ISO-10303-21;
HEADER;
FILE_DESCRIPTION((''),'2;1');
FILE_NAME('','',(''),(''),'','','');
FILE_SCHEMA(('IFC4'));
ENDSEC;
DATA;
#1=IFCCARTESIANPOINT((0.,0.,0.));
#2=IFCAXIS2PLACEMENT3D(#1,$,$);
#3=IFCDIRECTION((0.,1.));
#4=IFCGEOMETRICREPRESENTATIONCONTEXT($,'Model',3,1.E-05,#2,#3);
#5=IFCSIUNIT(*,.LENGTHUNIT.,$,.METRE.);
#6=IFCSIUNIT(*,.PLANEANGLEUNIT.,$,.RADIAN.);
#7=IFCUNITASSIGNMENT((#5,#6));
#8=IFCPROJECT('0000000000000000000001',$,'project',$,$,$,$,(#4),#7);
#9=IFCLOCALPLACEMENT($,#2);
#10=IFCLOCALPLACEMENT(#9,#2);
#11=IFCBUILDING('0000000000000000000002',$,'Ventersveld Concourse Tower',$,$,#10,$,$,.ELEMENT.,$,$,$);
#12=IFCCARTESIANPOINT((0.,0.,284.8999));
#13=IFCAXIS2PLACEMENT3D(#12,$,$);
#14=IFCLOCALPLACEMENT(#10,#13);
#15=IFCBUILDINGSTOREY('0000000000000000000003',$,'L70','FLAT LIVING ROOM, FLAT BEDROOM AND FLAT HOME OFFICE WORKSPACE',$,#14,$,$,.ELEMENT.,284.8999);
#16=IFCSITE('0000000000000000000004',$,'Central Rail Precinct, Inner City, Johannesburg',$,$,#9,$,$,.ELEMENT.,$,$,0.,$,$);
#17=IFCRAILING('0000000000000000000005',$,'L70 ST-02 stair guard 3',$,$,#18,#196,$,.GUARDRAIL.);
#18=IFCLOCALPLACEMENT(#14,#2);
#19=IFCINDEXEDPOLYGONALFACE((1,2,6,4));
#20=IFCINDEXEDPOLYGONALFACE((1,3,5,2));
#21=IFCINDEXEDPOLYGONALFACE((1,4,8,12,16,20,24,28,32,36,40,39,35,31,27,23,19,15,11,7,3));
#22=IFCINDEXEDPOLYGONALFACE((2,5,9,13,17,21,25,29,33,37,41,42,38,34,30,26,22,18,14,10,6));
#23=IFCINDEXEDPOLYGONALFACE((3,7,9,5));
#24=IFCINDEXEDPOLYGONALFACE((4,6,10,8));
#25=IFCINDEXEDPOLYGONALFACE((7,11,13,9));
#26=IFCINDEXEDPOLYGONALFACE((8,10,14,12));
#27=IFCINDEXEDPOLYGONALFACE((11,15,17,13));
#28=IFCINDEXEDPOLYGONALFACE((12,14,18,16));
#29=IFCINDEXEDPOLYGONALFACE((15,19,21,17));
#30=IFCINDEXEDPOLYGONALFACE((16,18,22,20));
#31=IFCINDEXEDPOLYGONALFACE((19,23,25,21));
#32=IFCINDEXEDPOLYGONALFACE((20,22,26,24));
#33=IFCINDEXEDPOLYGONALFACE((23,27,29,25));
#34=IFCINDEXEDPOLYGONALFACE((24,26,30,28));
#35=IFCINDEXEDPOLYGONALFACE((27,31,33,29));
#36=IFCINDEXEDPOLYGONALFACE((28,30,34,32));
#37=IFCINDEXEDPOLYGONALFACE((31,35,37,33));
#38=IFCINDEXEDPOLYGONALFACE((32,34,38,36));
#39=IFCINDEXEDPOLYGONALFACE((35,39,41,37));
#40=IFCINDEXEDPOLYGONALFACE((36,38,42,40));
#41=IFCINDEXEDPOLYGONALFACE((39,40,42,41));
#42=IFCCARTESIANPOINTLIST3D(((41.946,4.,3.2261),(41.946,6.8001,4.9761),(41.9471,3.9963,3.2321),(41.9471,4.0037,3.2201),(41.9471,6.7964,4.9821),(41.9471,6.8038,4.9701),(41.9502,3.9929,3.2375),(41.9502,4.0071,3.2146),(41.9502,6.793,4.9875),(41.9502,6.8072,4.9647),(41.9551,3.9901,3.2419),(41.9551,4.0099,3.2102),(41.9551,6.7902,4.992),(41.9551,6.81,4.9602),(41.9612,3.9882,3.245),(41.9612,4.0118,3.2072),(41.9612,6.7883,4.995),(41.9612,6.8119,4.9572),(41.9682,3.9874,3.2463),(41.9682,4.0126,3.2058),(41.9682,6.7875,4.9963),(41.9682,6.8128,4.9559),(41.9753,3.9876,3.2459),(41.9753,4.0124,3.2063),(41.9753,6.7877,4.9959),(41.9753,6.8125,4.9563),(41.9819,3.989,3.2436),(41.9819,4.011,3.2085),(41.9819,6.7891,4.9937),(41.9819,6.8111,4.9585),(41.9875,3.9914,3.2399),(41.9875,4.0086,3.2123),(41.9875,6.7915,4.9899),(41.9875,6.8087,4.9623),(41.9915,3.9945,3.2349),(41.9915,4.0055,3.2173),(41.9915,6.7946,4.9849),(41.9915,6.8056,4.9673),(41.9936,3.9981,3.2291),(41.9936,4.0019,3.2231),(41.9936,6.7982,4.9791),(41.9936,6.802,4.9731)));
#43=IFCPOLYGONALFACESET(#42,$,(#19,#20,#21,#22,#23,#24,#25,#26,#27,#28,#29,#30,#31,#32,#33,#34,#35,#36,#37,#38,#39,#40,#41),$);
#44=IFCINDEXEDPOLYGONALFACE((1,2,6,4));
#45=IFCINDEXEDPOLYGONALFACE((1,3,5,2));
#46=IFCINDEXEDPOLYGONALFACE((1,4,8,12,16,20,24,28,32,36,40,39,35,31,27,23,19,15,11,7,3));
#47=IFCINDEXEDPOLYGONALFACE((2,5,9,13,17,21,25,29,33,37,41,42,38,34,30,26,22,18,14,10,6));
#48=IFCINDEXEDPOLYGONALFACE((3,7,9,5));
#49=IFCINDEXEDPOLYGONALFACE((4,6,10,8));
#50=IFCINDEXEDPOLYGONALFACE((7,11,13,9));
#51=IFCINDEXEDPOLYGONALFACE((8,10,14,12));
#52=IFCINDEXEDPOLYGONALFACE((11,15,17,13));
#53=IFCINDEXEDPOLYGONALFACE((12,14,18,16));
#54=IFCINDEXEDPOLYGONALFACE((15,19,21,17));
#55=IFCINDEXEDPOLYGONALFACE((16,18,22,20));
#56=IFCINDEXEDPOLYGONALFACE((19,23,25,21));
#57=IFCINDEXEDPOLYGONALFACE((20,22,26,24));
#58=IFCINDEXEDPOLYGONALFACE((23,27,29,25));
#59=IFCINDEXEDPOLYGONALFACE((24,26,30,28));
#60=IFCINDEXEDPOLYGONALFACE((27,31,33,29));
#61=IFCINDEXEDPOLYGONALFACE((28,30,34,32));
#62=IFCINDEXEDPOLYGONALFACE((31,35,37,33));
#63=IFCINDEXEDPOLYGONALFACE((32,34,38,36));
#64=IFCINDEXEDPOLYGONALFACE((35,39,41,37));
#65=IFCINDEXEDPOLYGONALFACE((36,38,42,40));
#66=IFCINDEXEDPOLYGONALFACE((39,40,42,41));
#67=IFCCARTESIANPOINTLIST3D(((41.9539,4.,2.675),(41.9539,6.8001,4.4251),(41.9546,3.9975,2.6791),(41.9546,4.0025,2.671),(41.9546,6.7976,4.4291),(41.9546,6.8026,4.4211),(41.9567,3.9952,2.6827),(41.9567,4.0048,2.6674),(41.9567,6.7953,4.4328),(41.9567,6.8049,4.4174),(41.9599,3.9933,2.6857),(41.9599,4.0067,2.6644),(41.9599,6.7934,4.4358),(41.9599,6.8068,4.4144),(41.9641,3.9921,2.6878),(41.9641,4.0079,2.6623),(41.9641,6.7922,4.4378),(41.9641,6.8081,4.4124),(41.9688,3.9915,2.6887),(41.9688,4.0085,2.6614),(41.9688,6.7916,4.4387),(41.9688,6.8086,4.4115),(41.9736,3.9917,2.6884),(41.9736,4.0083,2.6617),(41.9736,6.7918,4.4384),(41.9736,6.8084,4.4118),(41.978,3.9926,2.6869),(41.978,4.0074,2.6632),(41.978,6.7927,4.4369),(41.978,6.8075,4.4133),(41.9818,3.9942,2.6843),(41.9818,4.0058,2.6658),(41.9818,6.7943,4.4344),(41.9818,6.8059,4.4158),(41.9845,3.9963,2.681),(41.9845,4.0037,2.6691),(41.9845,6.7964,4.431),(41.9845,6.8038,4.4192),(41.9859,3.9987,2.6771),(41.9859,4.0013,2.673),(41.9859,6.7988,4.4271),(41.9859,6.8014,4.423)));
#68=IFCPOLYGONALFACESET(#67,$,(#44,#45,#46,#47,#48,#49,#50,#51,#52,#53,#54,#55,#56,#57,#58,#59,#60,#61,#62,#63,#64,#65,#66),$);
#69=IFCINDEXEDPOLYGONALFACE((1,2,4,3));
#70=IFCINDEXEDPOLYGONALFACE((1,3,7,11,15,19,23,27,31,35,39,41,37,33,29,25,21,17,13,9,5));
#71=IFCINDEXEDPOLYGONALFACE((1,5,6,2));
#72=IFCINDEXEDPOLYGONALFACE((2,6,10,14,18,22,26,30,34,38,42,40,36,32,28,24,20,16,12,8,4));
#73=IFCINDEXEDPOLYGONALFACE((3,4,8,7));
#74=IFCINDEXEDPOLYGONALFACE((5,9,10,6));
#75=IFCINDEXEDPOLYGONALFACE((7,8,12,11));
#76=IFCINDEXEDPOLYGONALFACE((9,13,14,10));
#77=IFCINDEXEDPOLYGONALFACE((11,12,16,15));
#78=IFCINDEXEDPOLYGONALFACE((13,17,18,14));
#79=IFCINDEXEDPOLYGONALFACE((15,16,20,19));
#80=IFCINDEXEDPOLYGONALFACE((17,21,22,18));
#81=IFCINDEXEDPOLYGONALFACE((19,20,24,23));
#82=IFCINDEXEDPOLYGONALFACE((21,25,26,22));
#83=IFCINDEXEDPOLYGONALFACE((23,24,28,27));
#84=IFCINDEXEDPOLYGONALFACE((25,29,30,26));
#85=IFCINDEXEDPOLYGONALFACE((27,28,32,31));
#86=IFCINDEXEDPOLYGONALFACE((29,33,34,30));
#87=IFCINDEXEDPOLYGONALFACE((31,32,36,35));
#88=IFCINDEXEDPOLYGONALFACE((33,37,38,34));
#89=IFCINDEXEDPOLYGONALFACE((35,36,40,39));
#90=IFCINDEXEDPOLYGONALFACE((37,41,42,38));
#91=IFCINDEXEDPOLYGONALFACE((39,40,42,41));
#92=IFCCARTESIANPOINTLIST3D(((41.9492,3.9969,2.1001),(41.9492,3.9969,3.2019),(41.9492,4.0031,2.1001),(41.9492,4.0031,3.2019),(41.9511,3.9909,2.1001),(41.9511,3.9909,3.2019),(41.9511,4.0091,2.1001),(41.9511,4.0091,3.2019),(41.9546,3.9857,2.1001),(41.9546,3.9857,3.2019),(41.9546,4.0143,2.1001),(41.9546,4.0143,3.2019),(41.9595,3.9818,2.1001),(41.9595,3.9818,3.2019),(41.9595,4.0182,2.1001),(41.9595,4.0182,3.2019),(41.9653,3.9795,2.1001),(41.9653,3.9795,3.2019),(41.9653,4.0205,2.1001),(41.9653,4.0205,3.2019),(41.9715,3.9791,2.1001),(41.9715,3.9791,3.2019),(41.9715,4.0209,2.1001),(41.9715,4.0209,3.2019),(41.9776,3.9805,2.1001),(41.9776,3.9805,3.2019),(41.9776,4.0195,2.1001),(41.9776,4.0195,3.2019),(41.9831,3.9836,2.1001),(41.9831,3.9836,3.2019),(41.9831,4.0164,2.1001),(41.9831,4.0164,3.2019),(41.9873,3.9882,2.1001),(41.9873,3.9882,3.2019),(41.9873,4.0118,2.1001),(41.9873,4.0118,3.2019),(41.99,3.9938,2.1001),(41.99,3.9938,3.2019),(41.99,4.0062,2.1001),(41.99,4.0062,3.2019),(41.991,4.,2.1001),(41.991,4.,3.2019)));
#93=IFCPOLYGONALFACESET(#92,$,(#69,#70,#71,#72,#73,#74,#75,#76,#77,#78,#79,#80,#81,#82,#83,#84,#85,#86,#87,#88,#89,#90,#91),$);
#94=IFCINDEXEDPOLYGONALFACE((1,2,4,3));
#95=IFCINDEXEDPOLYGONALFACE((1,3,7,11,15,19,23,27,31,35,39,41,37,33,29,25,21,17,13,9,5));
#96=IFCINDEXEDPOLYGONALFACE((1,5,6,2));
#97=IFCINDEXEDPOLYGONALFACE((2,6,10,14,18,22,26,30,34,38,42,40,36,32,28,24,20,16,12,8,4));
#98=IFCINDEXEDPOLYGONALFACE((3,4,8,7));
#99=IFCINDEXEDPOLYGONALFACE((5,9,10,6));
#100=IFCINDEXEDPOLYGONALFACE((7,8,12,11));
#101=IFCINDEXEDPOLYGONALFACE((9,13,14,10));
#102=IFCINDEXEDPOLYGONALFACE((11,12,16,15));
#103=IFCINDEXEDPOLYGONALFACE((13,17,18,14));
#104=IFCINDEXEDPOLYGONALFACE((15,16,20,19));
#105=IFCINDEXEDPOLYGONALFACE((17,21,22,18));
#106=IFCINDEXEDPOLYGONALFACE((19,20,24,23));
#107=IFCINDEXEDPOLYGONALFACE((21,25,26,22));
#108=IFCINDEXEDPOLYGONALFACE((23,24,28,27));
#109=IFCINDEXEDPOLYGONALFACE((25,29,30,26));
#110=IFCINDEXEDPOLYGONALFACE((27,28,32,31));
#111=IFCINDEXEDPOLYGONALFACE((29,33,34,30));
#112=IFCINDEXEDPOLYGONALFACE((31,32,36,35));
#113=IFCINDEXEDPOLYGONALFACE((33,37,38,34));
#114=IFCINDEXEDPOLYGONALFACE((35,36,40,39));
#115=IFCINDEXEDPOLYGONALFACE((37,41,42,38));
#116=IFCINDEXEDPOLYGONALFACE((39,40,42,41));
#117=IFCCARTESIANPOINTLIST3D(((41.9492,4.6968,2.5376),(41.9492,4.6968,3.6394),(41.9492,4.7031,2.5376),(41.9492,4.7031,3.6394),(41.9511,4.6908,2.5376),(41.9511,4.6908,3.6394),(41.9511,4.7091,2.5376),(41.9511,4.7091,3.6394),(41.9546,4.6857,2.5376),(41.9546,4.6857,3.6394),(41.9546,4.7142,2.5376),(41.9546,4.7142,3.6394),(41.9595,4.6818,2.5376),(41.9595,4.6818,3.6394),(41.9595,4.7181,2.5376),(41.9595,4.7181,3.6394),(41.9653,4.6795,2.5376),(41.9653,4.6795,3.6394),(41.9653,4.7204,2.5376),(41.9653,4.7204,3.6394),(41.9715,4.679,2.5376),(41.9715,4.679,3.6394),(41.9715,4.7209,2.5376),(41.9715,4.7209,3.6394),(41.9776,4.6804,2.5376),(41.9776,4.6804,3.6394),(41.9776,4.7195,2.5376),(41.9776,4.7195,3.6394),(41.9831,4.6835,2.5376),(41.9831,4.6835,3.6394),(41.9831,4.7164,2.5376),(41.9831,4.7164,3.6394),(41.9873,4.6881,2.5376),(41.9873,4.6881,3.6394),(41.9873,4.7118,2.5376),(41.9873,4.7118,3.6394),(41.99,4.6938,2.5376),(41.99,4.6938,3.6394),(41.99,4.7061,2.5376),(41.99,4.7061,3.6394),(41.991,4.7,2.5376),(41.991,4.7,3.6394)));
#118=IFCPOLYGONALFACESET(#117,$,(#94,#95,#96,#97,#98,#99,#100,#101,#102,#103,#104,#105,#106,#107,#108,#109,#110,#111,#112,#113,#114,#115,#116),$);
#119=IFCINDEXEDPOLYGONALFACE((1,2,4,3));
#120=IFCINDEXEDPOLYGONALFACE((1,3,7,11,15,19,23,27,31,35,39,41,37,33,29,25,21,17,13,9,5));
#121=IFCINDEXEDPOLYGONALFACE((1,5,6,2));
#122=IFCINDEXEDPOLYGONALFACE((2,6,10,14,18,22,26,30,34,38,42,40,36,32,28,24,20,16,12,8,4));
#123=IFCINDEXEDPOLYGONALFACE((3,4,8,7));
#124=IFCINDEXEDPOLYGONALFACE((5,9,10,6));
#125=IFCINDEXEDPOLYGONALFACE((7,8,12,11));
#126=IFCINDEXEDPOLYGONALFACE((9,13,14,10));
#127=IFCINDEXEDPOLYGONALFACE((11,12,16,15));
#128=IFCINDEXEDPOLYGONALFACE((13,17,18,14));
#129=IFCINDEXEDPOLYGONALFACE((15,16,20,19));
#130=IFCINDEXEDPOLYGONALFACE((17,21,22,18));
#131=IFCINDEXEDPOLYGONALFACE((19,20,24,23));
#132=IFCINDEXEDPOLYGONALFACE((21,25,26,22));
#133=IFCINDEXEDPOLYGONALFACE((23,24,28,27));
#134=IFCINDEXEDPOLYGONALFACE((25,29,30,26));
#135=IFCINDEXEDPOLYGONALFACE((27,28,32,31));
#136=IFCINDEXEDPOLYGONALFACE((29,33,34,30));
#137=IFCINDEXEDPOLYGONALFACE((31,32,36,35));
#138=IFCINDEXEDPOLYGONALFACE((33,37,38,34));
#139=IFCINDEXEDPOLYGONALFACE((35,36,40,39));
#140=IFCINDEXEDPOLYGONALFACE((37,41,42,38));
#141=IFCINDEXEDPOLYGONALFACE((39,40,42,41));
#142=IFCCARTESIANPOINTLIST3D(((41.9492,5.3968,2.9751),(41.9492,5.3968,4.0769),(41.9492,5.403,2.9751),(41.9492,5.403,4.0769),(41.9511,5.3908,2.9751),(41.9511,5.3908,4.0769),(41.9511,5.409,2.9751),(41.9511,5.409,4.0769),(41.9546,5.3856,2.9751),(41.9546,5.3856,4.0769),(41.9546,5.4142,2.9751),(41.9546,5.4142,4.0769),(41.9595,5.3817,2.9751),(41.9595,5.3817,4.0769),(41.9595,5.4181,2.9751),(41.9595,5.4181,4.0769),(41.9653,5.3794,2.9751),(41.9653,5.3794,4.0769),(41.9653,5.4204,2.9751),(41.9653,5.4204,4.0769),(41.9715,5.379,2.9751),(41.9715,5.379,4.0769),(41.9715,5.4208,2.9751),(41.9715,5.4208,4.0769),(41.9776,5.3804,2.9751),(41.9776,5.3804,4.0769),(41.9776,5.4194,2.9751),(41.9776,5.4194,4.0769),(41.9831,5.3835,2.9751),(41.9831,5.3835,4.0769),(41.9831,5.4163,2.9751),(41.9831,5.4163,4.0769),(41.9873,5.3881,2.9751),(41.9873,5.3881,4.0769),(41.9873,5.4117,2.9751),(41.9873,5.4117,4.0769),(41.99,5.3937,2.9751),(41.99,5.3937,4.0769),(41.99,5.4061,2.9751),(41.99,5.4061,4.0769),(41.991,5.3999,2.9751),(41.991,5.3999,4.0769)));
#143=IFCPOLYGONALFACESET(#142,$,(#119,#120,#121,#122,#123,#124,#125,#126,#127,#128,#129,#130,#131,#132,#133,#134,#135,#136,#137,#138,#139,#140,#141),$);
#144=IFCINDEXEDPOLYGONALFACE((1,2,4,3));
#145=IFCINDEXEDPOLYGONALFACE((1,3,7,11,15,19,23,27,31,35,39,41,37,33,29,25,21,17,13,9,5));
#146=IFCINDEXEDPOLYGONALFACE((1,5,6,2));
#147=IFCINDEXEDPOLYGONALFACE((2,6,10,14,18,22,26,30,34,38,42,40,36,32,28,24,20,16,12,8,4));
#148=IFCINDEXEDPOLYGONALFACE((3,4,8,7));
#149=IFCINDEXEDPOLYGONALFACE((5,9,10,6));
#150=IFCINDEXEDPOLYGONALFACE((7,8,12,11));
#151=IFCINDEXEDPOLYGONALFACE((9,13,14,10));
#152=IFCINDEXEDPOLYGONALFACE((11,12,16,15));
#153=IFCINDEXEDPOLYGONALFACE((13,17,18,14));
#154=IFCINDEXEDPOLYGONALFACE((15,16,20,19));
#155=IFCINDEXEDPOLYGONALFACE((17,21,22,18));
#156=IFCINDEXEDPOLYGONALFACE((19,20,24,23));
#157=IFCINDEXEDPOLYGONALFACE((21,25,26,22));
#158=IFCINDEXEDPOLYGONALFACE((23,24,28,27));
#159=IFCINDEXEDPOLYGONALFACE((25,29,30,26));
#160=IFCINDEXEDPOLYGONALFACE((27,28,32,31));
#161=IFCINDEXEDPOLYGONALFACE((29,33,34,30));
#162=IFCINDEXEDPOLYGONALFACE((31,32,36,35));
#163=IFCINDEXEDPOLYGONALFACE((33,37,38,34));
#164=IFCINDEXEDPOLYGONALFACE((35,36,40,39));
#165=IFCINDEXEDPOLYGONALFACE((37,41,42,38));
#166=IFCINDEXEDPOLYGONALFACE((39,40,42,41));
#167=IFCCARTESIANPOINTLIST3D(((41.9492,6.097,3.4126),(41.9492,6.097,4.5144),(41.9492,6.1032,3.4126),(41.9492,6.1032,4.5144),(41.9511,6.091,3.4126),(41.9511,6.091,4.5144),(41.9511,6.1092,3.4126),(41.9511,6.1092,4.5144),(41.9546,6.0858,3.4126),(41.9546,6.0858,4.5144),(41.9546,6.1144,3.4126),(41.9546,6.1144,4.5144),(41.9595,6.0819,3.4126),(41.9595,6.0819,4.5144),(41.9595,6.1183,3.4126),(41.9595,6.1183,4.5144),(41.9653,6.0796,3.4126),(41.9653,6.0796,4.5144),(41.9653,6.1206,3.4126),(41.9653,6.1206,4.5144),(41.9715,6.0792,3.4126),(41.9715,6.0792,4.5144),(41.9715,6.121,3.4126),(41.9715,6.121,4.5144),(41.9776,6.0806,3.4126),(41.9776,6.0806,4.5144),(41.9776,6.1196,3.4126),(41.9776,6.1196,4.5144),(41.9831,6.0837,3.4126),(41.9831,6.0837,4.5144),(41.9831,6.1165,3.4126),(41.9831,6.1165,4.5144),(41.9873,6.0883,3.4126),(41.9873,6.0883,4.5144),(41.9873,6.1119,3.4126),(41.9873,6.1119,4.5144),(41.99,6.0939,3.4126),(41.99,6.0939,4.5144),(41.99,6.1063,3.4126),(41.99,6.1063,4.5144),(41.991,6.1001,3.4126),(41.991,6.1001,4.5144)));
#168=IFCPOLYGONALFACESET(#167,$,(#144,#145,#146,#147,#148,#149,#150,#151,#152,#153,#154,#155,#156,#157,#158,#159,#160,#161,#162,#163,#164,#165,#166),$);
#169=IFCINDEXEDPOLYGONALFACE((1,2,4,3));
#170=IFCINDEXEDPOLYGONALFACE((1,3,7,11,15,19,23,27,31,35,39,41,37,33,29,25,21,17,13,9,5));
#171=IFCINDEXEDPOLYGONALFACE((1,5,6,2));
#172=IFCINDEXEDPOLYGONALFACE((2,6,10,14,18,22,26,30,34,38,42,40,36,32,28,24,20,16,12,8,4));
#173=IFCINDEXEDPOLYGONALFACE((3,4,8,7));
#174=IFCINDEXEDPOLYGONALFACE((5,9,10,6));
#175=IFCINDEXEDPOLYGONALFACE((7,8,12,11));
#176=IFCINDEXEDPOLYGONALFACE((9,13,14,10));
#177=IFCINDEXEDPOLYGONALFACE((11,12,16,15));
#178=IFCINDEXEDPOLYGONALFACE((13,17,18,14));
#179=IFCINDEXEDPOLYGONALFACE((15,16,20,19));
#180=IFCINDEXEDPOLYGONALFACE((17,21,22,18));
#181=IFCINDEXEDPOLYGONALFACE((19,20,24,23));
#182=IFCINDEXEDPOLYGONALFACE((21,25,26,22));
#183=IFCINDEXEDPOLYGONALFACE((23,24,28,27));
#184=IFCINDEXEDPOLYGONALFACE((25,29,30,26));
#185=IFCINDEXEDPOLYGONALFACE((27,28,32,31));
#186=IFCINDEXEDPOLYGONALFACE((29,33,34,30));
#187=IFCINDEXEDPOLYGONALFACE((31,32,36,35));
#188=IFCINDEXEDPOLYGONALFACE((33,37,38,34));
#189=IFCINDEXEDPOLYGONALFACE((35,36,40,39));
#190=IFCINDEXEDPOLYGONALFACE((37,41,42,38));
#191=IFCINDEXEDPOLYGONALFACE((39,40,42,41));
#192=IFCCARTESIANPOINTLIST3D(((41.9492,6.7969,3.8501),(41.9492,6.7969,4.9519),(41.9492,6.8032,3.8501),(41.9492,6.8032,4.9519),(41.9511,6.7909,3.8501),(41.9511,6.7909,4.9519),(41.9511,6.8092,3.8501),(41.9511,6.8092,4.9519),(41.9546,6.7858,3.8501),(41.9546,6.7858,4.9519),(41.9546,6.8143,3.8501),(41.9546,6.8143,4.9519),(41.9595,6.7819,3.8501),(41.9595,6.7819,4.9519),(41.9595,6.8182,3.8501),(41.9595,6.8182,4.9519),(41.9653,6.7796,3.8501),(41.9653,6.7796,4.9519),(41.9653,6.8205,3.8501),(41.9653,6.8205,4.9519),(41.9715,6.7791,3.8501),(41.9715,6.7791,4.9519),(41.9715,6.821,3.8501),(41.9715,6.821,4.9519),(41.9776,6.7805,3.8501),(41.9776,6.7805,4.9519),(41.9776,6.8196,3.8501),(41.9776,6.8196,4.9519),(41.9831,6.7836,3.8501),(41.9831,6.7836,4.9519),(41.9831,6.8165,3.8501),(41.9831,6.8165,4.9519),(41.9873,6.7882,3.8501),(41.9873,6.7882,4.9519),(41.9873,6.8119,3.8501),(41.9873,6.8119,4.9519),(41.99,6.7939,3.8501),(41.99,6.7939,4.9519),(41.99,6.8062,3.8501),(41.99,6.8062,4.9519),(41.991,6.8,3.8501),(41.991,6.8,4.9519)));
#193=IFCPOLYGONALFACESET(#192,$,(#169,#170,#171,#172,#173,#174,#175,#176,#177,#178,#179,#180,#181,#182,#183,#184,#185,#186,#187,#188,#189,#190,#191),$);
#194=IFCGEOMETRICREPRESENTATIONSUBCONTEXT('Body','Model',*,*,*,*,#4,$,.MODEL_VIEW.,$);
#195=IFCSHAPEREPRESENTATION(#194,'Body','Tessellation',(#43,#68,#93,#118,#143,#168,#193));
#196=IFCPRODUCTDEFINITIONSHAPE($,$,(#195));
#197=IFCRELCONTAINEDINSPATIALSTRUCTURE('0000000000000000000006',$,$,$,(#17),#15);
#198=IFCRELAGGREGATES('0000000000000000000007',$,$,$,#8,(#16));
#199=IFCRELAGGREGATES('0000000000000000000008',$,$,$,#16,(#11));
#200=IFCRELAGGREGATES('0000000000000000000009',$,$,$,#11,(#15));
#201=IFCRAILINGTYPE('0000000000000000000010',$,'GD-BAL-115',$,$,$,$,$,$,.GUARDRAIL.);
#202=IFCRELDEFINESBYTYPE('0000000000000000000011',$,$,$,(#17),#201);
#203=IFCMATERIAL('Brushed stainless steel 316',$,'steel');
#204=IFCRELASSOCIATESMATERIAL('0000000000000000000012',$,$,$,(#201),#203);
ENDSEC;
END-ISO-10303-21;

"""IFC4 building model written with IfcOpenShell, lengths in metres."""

from ifc_helpers import new_model, si_unit, direction, frame, origin, origin_2d, place, context, subcontext, project, spatial, circle, extrude, material, type_object, element, save


model = new_model("IFC4")

# Units and contexts
model_context = context("Model", 3, precision=1e-05, world=origin(), true_north=direction((0.0, 1.0)))
body_context = subcontext(model_context, "Body", "Model", "MODEL_VIEW")
ifc_project = project(units=[si_unit("LENGTHUNIT", "METRE"), si_unit("PLANEANGLEUNIT", "RADIAN")], contexts=[model_context])

# Site, building, storey
site_placement = place(None, origin())
site = spatial("IfcSite", under=ifc_project, at=site_placement, Name="Central Rail Precinct, Inner City, Johannesburg", CompositionType="ELEMENT", RefElevation=0.0)
building_placement = place(site_placement, origin())
building = spatial("IfcBuilding", under=site, at=building_placement, Name="Ventersveld Concourse Tower", CompositionType="ELEMENT")
storey_placement = place(building_placement, frame((0.0, 0.0, 284.8999)))
storey = spatial("IfcBuildingStorey", under=building, at=storey_placement, Name="L70", Description="FLAT LIVING ROOM, FLAT BEDROOM AND FLAT HOME OFFICE WORKSPACE", CompositionType="ELEMENT", Elevation=284.8999)

# Railing
ifc_material_1 = material(Name="Brushed stainless steel 316", Category="steel")
railing_type_1 = type_object("IfcRailingType", Name="GD-BAL-115", PredefinedType="GUARDRAIL", material=ifc_material_1)
railing_1_placement = place(storey_placement, frame((41.97, 4.0, 2.1001)))
element("IfcRailing", 1, at=railing_1_placement, inside=storey, type_object=railing_type_1, Name="L70 ST-02 stair guard 3", PredefinedType="GUARDRAIL", context=body_context, shape_type="SweptSolid", body=[
    extrude(circle(Radius=0.0239, at=origin_2d()), frame((0.0, 0.0, 1.126), z_axis=(0.0, 0.848002, 0.529992), x_axis=(-1.0, 0.0, 0.0)), (0.0, 0.0, 1.0), 3.302),
    extrude(circle(Radius=0.0161, at=origin_2d()), frame((0.0, 0.0, 0.575), z_axis=(0.0, 0.848002, 0.529992), x_axis=(-1.0, 0.0, 0.0)), (0.0, 0.0, 1.0), 3.302),
    extrude(circle(Radius=0.021, at=origin_2d()), origin(), (0.0, 0.0, 1.0), 1.1018),
    extrude(circle(Radius=0.021, at=origin_2d()), frame((0.0, 0.7, 0.4375)), (0.0, 0.0, 1.0), 1.1018),
    extrude(circle(Radius=0.021, at=origin_2d()), frame((0.0, 1.3999, 0.875)), (0.0, 0.0, 1.0), 1.1018),
    extrude(circle(Radius=0.021, at=origin_2d()), frame((0.0, 2.1001, 1.3125)), (0.0, 0.0, 1.0), 1.1018),
    extrude(circle(Radius=0.021, at=origin_2d()), frame((0.0, 2.8, 1.75)), (0.0, 0.0, 1.0), 1.1018),
])

save(model, "model.ifc")
